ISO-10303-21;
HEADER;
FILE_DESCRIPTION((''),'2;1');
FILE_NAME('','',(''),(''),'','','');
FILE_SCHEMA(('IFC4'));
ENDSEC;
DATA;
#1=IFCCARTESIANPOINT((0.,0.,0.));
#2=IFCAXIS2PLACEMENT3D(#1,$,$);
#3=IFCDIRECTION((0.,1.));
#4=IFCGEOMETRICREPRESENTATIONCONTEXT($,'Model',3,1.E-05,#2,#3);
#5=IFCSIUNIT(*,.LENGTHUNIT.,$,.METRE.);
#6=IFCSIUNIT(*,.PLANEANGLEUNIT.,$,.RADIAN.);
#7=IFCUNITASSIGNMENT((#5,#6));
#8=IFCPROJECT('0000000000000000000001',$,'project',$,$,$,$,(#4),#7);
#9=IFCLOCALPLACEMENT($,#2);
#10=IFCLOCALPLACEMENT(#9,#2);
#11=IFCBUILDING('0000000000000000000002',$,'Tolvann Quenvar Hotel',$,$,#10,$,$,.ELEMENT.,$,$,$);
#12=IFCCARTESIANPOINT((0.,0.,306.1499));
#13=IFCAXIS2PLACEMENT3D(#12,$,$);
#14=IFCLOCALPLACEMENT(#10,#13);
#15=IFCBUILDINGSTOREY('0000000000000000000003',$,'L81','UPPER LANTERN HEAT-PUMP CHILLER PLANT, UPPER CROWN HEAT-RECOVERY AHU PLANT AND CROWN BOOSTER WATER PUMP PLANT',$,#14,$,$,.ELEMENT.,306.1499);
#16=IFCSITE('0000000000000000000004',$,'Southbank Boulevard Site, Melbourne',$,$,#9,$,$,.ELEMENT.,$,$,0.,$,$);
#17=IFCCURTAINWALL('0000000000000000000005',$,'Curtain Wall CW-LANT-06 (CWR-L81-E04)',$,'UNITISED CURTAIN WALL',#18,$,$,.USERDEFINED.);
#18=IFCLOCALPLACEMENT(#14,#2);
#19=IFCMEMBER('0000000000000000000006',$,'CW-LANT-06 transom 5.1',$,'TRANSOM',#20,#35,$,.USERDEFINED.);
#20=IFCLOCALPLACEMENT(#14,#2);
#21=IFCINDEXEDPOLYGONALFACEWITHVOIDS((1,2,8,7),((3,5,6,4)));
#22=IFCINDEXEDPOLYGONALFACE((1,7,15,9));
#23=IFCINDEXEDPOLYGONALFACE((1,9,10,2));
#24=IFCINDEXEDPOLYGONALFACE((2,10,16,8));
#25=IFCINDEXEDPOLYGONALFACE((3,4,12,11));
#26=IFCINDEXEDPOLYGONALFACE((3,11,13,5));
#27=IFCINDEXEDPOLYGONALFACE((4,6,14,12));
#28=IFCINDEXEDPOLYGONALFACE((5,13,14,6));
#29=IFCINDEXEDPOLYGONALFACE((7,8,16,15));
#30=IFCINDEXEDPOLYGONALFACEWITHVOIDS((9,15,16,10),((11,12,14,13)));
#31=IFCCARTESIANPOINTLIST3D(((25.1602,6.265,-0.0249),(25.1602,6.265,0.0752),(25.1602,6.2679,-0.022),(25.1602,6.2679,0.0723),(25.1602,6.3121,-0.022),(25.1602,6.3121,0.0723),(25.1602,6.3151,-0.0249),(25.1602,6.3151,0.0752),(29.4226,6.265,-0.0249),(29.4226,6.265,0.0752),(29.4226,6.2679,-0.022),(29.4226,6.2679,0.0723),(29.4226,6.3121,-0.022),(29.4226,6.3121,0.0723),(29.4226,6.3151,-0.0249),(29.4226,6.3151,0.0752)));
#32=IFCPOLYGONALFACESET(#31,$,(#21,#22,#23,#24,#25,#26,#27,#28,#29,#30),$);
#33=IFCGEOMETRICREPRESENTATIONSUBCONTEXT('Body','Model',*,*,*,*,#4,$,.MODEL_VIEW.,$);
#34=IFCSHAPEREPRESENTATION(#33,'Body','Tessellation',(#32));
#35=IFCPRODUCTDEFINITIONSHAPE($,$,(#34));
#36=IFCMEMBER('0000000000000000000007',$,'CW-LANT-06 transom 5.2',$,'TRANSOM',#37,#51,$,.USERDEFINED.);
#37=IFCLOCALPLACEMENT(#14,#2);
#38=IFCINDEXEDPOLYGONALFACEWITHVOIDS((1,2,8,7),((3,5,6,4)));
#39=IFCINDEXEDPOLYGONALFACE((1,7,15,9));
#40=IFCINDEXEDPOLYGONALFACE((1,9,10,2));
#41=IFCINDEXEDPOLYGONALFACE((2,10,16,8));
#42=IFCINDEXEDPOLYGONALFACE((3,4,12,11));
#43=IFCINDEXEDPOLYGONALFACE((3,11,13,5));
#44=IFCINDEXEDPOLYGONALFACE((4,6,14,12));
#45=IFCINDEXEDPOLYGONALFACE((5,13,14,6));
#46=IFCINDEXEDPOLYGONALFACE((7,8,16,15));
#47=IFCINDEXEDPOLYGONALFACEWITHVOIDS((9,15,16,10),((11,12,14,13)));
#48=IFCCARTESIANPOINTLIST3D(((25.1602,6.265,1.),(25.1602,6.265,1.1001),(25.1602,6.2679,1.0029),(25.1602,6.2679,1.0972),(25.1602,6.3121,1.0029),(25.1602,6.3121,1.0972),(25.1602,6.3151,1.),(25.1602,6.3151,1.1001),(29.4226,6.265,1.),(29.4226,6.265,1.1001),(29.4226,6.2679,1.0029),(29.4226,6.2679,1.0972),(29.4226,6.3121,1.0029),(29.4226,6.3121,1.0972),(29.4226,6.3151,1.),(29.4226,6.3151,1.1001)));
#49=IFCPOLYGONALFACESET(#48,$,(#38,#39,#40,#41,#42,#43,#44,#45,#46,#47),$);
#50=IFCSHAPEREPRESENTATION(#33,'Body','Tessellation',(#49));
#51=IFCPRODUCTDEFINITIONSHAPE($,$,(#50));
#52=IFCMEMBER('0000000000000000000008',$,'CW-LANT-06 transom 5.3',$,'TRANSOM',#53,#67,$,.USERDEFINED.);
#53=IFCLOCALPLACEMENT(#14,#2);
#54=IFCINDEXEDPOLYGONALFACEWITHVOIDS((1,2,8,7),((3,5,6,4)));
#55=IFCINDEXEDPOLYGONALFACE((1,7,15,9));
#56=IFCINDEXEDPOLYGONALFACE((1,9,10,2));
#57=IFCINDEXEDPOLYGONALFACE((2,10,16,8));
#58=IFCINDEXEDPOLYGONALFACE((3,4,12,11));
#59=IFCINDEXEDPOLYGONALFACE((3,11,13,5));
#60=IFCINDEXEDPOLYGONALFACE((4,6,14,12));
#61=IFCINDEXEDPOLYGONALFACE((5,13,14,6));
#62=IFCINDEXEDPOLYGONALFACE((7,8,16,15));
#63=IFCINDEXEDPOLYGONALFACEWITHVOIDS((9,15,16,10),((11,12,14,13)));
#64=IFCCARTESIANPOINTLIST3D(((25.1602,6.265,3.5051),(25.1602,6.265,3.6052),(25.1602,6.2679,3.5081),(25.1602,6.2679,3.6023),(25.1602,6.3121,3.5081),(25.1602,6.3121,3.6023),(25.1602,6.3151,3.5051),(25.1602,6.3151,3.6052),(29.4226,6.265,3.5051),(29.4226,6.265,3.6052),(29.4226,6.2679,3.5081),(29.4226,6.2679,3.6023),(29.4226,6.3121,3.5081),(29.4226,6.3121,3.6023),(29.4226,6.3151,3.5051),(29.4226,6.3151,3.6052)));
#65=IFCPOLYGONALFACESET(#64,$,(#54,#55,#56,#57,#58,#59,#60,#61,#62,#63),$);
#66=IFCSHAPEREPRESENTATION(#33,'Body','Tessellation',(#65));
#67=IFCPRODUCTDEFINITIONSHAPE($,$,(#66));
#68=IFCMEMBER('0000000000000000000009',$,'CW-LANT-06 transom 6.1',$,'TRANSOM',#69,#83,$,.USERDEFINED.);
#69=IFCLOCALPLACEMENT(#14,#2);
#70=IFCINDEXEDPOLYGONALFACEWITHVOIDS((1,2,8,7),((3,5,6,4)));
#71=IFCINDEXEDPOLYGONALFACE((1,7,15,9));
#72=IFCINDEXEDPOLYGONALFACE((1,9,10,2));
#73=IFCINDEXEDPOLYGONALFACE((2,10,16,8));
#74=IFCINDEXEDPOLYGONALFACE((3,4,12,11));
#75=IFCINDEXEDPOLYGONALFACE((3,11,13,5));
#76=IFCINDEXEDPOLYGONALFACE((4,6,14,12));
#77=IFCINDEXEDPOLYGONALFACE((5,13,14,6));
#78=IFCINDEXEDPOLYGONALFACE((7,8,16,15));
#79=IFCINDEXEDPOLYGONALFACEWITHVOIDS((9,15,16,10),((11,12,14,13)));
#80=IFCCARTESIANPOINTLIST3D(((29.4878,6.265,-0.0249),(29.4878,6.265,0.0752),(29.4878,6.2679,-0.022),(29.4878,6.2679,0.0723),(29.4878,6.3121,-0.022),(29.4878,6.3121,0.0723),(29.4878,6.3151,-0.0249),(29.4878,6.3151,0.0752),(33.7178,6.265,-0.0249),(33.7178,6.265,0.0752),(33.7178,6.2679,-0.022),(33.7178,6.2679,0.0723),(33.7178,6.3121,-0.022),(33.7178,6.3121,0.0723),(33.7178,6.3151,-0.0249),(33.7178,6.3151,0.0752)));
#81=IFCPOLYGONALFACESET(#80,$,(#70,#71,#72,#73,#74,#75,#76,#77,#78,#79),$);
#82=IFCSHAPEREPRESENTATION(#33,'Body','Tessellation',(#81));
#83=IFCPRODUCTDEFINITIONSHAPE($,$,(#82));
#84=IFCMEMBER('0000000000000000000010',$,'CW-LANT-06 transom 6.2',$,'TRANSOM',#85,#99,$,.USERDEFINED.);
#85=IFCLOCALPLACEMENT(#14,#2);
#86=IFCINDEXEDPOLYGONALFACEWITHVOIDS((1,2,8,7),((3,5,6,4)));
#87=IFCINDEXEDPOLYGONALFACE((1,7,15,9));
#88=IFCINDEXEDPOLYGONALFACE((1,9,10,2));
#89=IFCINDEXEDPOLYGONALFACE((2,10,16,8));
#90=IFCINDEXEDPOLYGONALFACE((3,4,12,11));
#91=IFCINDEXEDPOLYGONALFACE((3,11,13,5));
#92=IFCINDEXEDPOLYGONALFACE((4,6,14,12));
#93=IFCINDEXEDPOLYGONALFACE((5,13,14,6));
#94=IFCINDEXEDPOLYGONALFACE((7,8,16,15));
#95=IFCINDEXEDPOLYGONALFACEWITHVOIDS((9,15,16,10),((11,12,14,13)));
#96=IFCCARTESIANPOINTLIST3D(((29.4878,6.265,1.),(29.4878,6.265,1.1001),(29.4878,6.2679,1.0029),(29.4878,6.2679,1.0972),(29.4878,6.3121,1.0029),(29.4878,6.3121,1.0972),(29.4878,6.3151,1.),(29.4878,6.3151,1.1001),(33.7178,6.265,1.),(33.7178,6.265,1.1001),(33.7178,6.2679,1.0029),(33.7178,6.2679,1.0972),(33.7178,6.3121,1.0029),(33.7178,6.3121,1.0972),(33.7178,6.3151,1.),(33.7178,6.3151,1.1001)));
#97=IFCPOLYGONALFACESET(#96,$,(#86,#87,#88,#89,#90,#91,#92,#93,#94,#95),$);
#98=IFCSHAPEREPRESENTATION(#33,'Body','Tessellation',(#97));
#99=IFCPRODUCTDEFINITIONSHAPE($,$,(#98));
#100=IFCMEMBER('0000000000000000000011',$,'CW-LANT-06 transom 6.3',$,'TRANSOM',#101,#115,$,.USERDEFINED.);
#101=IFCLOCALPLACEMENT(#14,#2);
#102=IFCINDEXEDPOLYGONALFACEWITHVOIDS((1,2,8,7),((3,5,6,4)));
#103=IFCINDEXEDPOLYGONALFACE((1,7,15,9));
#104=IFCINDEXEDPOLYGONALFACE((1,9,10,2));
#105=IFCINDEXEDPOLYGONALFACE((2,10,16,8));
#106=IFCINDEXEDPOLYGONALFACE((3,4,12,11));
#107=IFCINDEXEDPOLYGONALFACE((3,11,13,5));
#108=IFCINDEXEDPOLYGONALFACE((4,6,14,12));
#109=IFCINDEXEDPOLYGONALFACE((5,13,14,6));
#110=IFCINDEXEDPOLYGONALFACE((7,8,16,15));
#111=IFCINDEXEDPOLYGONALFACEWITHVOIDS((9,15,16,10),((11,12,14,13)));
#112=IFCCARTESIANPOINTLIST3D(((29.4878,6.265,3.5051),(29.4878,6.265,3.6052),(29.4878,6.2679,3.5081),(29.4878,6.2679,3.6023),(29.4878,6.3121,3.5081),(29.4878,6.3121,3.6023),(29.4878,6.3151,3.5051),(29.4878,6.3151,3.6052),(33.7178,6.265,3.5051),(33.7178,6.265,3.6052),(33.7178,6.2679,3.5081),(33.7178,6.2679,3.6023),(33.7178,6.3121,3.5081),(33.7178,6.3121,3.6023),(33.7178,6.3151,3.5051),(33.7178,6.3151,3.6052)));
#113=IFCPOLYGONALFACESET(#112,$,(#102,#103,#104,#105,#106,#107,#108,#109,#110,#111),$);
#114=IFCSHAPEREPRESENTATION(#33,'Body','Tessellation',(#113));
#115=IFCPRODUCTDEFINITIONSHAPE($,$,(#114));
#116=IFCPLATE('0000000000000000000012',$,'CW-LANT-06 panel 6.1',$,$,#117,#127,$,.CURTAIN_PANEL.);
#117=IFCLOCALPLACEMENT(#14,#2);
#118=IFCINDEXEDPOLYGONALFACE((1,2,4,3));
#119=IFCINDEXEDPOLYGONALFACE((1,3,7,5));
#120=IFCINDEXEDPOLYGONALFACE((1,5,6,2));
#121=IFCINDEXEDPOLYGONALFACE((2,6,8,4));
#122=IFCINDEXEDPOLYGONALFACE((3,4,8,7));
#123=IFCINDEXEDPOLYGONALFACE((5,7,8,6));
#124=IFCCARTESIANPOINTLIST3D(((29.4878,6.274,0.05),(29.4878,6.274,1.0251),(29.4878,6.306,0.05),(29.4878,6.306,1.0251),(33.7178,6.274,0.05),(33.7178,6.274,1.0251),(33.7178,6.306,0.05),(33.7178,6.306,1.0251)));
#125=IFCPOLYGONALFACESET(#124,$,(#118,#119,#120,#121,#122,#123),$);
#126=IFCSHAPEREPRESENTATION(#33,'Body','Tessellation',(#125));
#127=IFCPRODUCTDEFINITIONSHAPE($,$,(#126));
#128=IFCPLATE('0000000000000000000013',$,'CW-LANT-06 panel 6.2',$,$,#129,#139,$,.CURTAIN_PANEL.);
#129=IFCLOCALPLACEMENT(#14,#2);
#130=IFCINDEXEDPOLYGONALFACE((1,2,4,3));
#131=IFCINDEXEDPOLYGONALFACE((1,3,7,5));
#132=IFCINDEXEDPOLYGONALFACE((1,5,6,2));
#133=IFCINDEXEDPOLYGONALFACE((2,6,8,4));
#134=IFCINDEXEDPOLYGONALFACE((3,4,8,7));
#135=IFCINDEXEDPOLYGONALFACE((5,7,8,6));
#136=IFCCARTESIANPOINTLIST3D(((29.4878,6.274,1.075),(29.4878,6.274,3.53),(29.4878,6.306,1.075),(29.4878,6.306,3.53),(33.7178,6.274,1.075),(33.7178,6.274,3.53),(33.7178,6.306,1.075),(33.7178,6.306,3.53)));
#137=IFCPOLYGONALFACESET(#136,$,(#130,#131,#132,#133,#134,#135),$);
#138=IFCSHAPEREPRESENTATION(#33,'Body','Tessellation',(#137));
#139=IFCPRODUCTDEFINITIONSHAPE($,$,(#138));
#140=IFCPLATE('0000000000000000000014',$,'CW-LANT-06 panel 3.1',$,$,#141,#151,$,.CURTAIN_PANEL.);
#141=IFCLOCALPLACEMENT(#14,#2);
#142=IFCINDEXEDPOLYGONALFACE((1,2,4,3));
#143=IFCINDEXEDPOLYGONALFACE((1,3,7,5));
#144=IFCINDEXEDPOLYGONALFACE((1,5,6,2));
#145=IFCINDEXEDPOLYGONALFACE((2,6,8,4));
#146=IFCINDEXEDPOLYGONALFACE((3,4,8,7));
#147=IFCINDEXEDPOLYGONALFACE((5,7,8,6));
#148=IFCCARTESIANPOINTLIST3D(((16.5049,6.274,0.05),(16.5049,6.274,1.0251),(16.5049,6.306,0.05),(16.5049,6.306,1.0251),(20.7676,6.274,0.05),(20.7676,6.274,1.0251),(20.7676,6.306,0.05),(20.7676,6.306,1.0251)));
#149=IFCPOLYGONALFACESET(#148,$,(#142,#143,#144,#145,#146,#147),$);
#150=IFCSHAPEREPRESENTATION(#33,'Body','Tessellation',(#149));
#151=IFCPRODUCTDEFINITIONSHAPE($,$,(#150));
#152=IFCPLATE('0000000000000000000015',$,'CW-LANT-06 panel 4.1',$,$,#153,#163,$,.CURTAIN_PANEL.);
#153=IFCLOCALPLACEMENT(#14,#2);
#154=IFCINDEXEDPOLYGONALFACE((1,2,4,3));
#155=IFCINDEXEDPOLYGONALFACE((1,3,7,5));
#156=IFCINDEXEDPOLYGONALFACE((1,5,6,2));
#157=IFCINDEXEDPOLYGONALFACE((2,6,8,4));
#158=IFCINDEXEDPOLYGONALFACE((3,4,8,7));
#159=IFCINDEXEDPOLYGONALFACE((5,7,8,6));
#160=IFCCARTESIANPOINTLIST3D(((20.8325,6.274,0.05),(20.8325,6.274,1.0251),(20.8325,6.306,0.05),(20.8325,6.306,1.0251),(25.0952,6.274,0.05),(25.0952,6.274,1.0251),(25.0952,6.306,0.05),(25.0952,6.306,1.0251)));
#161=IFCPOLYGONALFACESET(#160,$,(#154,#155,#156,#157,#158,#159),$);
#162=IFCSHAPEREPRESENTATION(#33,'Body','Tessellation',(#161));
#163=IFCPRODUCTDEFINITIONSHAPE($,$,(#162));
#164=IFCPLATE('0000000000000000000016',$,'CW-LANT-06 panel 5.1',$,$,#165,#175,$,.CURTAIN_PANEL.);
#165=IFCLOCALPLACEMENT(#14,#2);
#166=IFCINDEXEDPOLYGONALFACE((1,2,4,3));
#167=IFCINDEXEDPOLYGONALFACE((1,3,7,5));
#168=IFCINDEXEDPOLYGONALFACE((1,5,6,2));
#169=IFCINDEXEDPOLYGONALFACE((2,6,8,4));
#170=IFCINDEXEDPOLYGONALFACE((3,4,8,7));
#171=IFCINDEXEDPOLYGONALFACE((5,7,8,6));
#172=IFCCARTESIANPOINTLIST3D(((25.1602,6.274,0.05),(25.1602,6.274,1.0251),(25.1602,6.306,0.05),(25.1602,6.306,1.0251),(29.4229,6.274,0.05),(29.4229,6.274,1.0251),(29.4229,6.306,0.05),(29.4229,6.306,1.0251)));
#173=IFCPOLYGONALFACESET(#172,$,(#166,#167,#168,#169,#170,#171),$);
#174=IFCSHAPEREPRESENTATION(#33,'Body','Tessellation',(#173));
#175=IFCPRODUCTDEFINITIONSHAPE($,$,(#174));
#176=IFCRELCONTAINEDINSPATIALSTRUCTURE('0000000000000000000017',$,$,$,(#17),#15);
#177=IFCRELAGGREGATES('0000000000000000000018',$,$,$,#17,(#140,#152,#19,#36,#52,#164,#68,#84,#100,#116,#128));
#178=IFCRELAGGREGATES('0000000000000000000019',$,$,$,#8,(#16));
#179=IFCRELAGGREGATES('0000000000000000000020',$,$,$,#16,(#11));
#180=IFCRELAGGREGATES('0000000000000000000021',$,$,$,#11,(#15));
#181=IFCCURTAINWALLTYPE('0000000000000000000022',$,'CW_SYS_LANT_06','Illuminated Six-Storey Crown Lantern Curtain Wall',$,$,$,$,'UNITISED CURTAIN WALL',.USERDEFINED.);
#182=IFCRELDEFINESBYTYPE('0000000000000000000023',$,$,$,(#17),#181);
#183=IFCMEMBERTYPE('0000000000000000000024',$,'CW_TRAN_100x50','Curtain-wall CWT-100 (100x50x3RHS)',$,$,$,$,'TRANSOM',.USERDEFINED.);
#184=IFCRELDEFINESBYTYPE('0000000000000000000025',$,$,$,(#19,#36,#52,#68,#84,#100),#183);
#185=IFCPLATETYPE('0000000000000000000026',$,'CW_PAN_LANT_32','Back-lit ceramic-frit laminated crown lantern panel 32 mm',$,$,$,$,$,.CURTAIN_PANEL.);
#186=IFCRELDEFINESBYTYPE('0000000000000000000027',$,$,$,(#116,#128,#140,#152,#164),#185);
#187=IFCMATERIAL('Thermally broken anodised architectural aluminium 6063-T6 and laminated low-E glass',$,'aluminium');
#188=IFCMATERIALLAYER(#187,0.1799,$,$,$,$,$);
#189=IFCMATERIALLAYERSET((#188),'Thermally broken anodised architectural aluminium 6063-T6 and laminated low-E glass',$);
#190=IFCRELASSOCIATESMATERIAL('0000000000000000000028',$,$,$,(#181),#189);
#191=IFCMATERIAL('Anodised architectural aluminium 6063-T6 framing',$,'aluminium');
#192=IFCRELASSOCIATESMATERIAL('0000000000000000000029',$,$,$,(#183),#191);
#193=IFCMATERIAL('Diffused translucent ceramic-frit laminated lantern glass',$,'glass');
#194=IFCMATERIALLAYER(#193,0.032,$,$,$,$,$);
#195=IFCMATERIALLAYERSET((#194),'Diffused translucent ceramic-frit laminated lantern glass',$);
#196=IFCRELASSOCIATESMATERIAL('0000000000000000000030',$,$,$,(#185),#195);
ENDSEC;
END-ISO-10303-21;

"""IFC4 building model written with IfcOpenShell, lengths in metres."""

from ifc_helpers import new_model, si_unit, direction, frame, origin, origin_2d, place, context, subcontext, project, spatial, rectangle, hollow_rectangle, extrude, source, transform, mapped, material, layer, layer_set, material_profile, profile_set, type_object, element, aggregate, save


model = new_model("IFC4")

# Units and contexts
model_context = context("Model", 3, precision=1e-05, world=origin(), true_north=direction((0.0, 1.0)))
body_context = subcontext(model_context, "Body", "Model", "MODEL_VIEW")
ifc_project = project(units=[si_unit("LENGTHUNIT", "METRE"), si_unit("PLANEANGLEUNIT", "RADIAN")], contexts=[model_context])

# Site, building, storey
site_placement = place(None, origin())
site = spatial("IfcSite", under=ifc_project, at=site_placement, Name="Southbank Boulevard Site, Melbourne", CompositionType="ELEMENT", RefElevation=0.0)
building_placement = place(site_placement, origin())
building = spatial("IfcBuilding", under=site, at=building_placement, Name="Tolvann Quenvar Hotel", CompositionType="ELEMENT")
storey_placement = place(building_placement, frame((0.0, 0.0, 306.1499)))
storey = spatial("IfcBuildingStorey", under=building, at=storey_placement, Name="L81", Description="UPPER LANTERN HEAT-PUMP CHILLER PLANT, UPPER CROWN HEAT-RECOVERY AHU PLANT AND CROWN BOOSTER WATER PUMP PLANT", CompositionType="ELEMENT", Elevation=306.1499)

# Curtain wall
ifc_material_1 = material(Name="Thermally broken anodised architectural aluminium 6063-T6 and laminated low-E glass", Category="aluminium")
ifc_layer_1 = layer(ifc_material_1, 0.1799)
ifc_layer_set_1 = layer_set([ifc_layer_1], Name="Thermally broken anodised architectural aluminium 6063-T6 and laminated low-E glass")
curtain_wall_type = type_object("IfcCurtainWallType", Name="CW_SYS_LANT_06", Description="Illuminated Six-Storey Crown Lantern Curtain Wall", ElementType="UNITISED CURTAIN WALL", PredefinedType="USERDEFINED", material=ifc_layer_set_1)
curtain_wall_1_placement = place(storey_placement, origin())
curtain_wall_1 = element("IfcCurtainWall", 1, at=curtain_wall_1_placement, inside=storey, type_object=curtain_wall_type, Name="Curtain Wall CW-LANT-06 (CWR-L81-E04)", ObjectType="UNITISED CURTAIN WALL", PredefinedType="USERDEFINED")
ifc_material_2 = material(Name="Anodised architectural aluminium 6063-T6 framing", Category="aluminium")
ifc_material_profile_1 = material_profile(ifc_material_2, hollow_rectangle(XDim=0.05, YDim=0.1001, WallThickness=0.0029, at=origin_2d()), Name="100x50x3RHS")
ifc_profile_set_1 = profile_set([ifc_material_profile_1], Name="Anodised architectural aluminium 6063-T6 framing")
member_type_1 = type_object("IfcMemberType", Name="CW_TRAN_100x50", Description="Curtain-wall CWT-100 (100x50x3RHS)", ElementType="TRANSOM", PredefinedType="USERDEFINED", material=ifc_profile_set_1)

# Members
shared_shape_1 = source(origin(), body_context, "Body", "SweptSolid", [
    extrude(hollow_rectangle(XDim=0.05, YDim=0.1001, WallThickness=0.0029, at=origin_2d()), origin(), (0.0, 0.0, 1.0), 4.2625),
])
member_1_placement = place(storey_placement, frame((25.1602, 6.29, 0.0251), z_axis=(1.0, 0.0, 0.0), x_axis=(0.0, 1.0, 0.0)))
member_1 = element("IfcMember", 2, at=member_1_placement, type_object=member_type_1, Name="CW-LANT-06 transom 5.1", ObjectType="TRANSOM", PredefinedType="USERDEFINED", context=body_context, shape_type="MappedRepresentation", body=[
    mapped(shared_shape_1, transform((0.0, 0.0, 0.0), x_axis=(1.0, 0.0, 0.0), y_axis=(0.0, 1.0, 0.0), z_axis=(0.0, 0.0, 1.0), scale=1.0)),
])
member_2_placement = place(storey_placement, frame((25.1602, 6.29, 1.05), z_axis=(1.0, 0.0, 0.0), x_axis=(0.0, 1.0, 0.0)))
member_2 = element("IfcMember", 3, at=member_2_placement, type_object=member_type_1, Name="CW-LANT-06 transom 5.2", ObjectType="TRANSOM", PredefinedType="USERDEFINED", context=body_context, shape_type="MappedRepresentation", body=[
    mapped(shared_shape_1, transform((0.0, 0.0, 0.0), x_axis=(1.0, 0.0, 0.0), y_axis=(0.0, 1.0, 0.0), z_axis=(0.0, 0.0, 1.0), scale=1.0)),
])
member_3_placement = place(storey_placement, frame((25.1602, 6.29, 3.5552), z_axis=(1.0, 0.0, 0.0), x_axis=(0.0, 1.0, 0.0)))
member_3 = element("IfcMember", 4, at=member_3_placement, type_object=member_type_1, Name="CW-LANT-06 transom 5.3", ObjectType="TRANSOM", PredefinedType="USERDEFINED", context=body_context, shape_type="MappedRepresentation", body=[
    mapped(shared_shape_1, transform((0.0, 0.0, 0.0), x_axis=(1.0, 0.0, 0.0), y_axis=(0.0, 1.0, 0.0), z_axis=(0.0, 0.0, 1.0), scale=1.0)),
])
shared_shape_2 = source(origin(), body_context, "Body", "SweptSolid", [
    extrude(hollow_rectangle(XDim=0.05, YDim=0.1001, WallThickness=0.0029, at=origin_2d()), origin(), (0.0, 0.0, 1.0), 4.23),
])
member_4_placement = place(storey_placement, frame((29.4878, 6.29, 0.0251), z_axis=(1.0, 0.0, 0.0), x_axis=(0.0, 1.0, 0.0)))
member_4 = element("IfcMember", 5, at=member_4_placement, type_object=member_type_1, Name="CW-LANT-06 transom 6.1", ObjectType="TRANSOM", PredefinedType="USERDEFINED", context=body_context, shape_type="MappedRepresentation", body=[
    mapped(shared_shape_2, transform((0.0, 0.0, 0.0), x_axis=(1.0, 0.0, 0.0), y_axis=(0.0, 1.0, 0.0), z_axis=(0.0, 0.0, 1.0), scale=1.0)),
])
member_5_placement = place(storey_placement, frame((29.4878, 6.29, 1.05), z_axis=(1.0, 0.0, 0.0), x_axis=(0.0, 1.0, 0.0)))
member_5 = element("IfcMember", 6, at=member_5_placement, type_object=member_type_1, Name="CW-LANT-06 transom 6.2", ObjectType="TRANSOM", PredefinedType="USERDEFINED", context=body_context, shape_type="MappedRepresentation", body=[
    mapped(shared_shape_2, transform((0.0, 0.0, 0.0), x_axis=(1.0, 0.0, 0.0), y_axis=(0.0, 1.0, 0.0), z_axis=(0.0, 0.0, 1.0), scale=1.0)),
])
member_6_placement = place(storey_placement, frame((29.4878, 6.29, 3.5552), z_axis=(1.0, 0.0, 0.0), x_axis=(0.0, 1.0, 0.0)))
member_6 = element("IfcMember", 7, at=member_6_placement, type_object=member_type_1, Name="CW-LANT-06 transom 6.3", ObjectType="TRANSOM", PredefinedType="USERDEFINED", context=body_context, shape_type="MappedRepresentation", body=[
    mapped(shared_shape_2, transform((0.0, 0.0, 0.0), x_axis=(1.0, 0.0, 0.0), y_axis=(0.0, 1.0, 0.0), z_axis=(0.0, 0.0, 1.0), scale=1.0)),
])

# Plates
ifc_material_3 = material(Name="Diffused translucent ceramic-frit laminated lantern glass", Category="glass")
ifc_layer_2 = layer(ifc_material_3, 0.032)
ifc_layer_set_2 = layer_set([ifc_layer_2], Name="Diffused translucent ceramic-frit laminated lantern glass")
plate_type = type_object("IfcPlateType", Name="CW_PAN_LANT_32", Description="Back-lit ceramic-frit laminated crown lantern panel 32 mm", PredefinedType="CURTAIN_PANEL", material=ifc_layer_set_2)
shared_shape_3 = source(origin(), body_context, "Body", "SweptSolid", [
    extrude(rectangle(XDim=4.23, YDim=0.032, at=origin_2d()), origin(), (0.0, 0.0, 1.0), 0.9751),
])
plate_1_placement = place(storey_placement, frame((31.6028, 6.29, 0.05), z_axis=(0.0, 0.0, 1.0), x_axis=(1.0, 0.0, 0.0)))
plate_1 = element("IfcPlate", 8, at=plate_1_placement, type_object=plate_type, Name="CW-LANT-06 panel 6.1", PredefinedType="CURTAIN_PANEL", context=body_context, shape_type="MappedRepresentation", body=[
    mapped(shared_shape_3, transform((0.0, 0.0, 0.0), x_axis=(1.0, 0.0, 0.0), y_axis=(0.0, 1.0, 0.0), z_axis=(0.0, 0.0, 1.0), scale=1.0)),
])
shared_shape_4 = source(origin(), body_context, "Body", "SweptSolid", [
    extrude(rectangle(XDim=4.23, YDim=0.032, at=origin_2d()), origin(), (0.0, 0.0, 1.0), 2.4551),
])
plate_2_placement = place(storey_placement, frame((31.6028, 6.29, 1.075), z_axis=(0.0, 0.0, 1.0), x_axis=(1.0, 0.0, 0.0)))
plate_2 = element("IfcPlate", 9, at=plate_2_placement, type_object=plate_type, Name="CW-LANT-06 panel 6.2", PredefinedType="CURTAIN_PANEL", context=body_context, shape_type="MappedRepresentation", body=[
    mapped(shared_shape_4, transform((0.0, 0.0, 0.0), x_axis=(1.0, 0.0, 0.0), y_axis=(0.0, 1.0, 0.0), z_axis=(0.0, 0.0, 1.0), scale=1.0)),
])
shared_shape_5 = source(origin(), body_context, "Body", "SweptSolid", [
    extrude(rectangle(XDim=4.2627, YDim=0.032, at=origin_2d()), origin(), (0.0, 0.0, 1.0), 0.9751),
])
plate_3_placement = place(storey_placement, frame((18.6362, 6.29, 0.05), z_axis=(0.0, 0.0, 1.0), x_axis=(1.0, 0.0, 0.0)))
plate_3 = element("IfcPlate", 10, at=plate_3_placement, type_object=plate_type, Name="CW-LANT-06 panel 3.1", PredefinedType="CURTAIN_PANEL", context=body_context, shape_type="MappedRepresentation", body=[
    mapped(shared_shape_5, transform((0.0, 0.0, 0.0), x_axis=(1.0, 0.0, 0.0), y_axis=(0.0, 1.0, 0.0), z_axis=(0.0, 0.0, 1.0), scale=1.0)),
])
plate_4_placement = place(storey_placement, frame((22.9639, 6.29, 0.05), z_axis=(0.0, 0.0, 1.0), x_axis=(1.0, 0.0, 0.0)))
plate_4 = element("IfcPlate", 11, at=plate_4_placement, type_object=plate_type, Name="CW-LANT-06 panel 4.1", PredefinedType="CURTAIN_PANEL", context=body_context, shape_type="MappedRepresentation", body=[
    mapped(shared_shape_5, transform((0.0, 0.0, 0.0), x_axis=(1.0, 0.0, 0.0), y_axis=(0.0, 1.0, 0.0), z_axis=(0.0, 0.0, 1.0), scale=1.0)),
])
plate_5_placement = place(storey_placement, frame((27.2915, 6.29, 0.05), z_axis=(0.0, 0.0, 1.0), x_axis=(1.0, 0.0, 0.0)))
plate_5 = element("IfcPlate", 12, at=plate_5_placement, type_object=plate_type, Name="CW-LANT-06 panel 5.1", PredefinedType="CURTAIN_PANEL", context=body_context, shape_type="MappedRepresentation", body=[
    mapped(shared_shape_5, transform((0.0, 0.0, 0.0), x_axis=(1.0, 0.0, 0.0), y_axis=(0.0, 1.0, 0.0), z_axis=(0.0, 0.0, 1.0), scale=1.0)),
])
aggregate(curtain_wall_1, [plate_3, plate_4, member_1, member_2, member_3, plate_5, member_4, member_5, member_6, plate_1, plate_2])

save(model, "model.ifc")
